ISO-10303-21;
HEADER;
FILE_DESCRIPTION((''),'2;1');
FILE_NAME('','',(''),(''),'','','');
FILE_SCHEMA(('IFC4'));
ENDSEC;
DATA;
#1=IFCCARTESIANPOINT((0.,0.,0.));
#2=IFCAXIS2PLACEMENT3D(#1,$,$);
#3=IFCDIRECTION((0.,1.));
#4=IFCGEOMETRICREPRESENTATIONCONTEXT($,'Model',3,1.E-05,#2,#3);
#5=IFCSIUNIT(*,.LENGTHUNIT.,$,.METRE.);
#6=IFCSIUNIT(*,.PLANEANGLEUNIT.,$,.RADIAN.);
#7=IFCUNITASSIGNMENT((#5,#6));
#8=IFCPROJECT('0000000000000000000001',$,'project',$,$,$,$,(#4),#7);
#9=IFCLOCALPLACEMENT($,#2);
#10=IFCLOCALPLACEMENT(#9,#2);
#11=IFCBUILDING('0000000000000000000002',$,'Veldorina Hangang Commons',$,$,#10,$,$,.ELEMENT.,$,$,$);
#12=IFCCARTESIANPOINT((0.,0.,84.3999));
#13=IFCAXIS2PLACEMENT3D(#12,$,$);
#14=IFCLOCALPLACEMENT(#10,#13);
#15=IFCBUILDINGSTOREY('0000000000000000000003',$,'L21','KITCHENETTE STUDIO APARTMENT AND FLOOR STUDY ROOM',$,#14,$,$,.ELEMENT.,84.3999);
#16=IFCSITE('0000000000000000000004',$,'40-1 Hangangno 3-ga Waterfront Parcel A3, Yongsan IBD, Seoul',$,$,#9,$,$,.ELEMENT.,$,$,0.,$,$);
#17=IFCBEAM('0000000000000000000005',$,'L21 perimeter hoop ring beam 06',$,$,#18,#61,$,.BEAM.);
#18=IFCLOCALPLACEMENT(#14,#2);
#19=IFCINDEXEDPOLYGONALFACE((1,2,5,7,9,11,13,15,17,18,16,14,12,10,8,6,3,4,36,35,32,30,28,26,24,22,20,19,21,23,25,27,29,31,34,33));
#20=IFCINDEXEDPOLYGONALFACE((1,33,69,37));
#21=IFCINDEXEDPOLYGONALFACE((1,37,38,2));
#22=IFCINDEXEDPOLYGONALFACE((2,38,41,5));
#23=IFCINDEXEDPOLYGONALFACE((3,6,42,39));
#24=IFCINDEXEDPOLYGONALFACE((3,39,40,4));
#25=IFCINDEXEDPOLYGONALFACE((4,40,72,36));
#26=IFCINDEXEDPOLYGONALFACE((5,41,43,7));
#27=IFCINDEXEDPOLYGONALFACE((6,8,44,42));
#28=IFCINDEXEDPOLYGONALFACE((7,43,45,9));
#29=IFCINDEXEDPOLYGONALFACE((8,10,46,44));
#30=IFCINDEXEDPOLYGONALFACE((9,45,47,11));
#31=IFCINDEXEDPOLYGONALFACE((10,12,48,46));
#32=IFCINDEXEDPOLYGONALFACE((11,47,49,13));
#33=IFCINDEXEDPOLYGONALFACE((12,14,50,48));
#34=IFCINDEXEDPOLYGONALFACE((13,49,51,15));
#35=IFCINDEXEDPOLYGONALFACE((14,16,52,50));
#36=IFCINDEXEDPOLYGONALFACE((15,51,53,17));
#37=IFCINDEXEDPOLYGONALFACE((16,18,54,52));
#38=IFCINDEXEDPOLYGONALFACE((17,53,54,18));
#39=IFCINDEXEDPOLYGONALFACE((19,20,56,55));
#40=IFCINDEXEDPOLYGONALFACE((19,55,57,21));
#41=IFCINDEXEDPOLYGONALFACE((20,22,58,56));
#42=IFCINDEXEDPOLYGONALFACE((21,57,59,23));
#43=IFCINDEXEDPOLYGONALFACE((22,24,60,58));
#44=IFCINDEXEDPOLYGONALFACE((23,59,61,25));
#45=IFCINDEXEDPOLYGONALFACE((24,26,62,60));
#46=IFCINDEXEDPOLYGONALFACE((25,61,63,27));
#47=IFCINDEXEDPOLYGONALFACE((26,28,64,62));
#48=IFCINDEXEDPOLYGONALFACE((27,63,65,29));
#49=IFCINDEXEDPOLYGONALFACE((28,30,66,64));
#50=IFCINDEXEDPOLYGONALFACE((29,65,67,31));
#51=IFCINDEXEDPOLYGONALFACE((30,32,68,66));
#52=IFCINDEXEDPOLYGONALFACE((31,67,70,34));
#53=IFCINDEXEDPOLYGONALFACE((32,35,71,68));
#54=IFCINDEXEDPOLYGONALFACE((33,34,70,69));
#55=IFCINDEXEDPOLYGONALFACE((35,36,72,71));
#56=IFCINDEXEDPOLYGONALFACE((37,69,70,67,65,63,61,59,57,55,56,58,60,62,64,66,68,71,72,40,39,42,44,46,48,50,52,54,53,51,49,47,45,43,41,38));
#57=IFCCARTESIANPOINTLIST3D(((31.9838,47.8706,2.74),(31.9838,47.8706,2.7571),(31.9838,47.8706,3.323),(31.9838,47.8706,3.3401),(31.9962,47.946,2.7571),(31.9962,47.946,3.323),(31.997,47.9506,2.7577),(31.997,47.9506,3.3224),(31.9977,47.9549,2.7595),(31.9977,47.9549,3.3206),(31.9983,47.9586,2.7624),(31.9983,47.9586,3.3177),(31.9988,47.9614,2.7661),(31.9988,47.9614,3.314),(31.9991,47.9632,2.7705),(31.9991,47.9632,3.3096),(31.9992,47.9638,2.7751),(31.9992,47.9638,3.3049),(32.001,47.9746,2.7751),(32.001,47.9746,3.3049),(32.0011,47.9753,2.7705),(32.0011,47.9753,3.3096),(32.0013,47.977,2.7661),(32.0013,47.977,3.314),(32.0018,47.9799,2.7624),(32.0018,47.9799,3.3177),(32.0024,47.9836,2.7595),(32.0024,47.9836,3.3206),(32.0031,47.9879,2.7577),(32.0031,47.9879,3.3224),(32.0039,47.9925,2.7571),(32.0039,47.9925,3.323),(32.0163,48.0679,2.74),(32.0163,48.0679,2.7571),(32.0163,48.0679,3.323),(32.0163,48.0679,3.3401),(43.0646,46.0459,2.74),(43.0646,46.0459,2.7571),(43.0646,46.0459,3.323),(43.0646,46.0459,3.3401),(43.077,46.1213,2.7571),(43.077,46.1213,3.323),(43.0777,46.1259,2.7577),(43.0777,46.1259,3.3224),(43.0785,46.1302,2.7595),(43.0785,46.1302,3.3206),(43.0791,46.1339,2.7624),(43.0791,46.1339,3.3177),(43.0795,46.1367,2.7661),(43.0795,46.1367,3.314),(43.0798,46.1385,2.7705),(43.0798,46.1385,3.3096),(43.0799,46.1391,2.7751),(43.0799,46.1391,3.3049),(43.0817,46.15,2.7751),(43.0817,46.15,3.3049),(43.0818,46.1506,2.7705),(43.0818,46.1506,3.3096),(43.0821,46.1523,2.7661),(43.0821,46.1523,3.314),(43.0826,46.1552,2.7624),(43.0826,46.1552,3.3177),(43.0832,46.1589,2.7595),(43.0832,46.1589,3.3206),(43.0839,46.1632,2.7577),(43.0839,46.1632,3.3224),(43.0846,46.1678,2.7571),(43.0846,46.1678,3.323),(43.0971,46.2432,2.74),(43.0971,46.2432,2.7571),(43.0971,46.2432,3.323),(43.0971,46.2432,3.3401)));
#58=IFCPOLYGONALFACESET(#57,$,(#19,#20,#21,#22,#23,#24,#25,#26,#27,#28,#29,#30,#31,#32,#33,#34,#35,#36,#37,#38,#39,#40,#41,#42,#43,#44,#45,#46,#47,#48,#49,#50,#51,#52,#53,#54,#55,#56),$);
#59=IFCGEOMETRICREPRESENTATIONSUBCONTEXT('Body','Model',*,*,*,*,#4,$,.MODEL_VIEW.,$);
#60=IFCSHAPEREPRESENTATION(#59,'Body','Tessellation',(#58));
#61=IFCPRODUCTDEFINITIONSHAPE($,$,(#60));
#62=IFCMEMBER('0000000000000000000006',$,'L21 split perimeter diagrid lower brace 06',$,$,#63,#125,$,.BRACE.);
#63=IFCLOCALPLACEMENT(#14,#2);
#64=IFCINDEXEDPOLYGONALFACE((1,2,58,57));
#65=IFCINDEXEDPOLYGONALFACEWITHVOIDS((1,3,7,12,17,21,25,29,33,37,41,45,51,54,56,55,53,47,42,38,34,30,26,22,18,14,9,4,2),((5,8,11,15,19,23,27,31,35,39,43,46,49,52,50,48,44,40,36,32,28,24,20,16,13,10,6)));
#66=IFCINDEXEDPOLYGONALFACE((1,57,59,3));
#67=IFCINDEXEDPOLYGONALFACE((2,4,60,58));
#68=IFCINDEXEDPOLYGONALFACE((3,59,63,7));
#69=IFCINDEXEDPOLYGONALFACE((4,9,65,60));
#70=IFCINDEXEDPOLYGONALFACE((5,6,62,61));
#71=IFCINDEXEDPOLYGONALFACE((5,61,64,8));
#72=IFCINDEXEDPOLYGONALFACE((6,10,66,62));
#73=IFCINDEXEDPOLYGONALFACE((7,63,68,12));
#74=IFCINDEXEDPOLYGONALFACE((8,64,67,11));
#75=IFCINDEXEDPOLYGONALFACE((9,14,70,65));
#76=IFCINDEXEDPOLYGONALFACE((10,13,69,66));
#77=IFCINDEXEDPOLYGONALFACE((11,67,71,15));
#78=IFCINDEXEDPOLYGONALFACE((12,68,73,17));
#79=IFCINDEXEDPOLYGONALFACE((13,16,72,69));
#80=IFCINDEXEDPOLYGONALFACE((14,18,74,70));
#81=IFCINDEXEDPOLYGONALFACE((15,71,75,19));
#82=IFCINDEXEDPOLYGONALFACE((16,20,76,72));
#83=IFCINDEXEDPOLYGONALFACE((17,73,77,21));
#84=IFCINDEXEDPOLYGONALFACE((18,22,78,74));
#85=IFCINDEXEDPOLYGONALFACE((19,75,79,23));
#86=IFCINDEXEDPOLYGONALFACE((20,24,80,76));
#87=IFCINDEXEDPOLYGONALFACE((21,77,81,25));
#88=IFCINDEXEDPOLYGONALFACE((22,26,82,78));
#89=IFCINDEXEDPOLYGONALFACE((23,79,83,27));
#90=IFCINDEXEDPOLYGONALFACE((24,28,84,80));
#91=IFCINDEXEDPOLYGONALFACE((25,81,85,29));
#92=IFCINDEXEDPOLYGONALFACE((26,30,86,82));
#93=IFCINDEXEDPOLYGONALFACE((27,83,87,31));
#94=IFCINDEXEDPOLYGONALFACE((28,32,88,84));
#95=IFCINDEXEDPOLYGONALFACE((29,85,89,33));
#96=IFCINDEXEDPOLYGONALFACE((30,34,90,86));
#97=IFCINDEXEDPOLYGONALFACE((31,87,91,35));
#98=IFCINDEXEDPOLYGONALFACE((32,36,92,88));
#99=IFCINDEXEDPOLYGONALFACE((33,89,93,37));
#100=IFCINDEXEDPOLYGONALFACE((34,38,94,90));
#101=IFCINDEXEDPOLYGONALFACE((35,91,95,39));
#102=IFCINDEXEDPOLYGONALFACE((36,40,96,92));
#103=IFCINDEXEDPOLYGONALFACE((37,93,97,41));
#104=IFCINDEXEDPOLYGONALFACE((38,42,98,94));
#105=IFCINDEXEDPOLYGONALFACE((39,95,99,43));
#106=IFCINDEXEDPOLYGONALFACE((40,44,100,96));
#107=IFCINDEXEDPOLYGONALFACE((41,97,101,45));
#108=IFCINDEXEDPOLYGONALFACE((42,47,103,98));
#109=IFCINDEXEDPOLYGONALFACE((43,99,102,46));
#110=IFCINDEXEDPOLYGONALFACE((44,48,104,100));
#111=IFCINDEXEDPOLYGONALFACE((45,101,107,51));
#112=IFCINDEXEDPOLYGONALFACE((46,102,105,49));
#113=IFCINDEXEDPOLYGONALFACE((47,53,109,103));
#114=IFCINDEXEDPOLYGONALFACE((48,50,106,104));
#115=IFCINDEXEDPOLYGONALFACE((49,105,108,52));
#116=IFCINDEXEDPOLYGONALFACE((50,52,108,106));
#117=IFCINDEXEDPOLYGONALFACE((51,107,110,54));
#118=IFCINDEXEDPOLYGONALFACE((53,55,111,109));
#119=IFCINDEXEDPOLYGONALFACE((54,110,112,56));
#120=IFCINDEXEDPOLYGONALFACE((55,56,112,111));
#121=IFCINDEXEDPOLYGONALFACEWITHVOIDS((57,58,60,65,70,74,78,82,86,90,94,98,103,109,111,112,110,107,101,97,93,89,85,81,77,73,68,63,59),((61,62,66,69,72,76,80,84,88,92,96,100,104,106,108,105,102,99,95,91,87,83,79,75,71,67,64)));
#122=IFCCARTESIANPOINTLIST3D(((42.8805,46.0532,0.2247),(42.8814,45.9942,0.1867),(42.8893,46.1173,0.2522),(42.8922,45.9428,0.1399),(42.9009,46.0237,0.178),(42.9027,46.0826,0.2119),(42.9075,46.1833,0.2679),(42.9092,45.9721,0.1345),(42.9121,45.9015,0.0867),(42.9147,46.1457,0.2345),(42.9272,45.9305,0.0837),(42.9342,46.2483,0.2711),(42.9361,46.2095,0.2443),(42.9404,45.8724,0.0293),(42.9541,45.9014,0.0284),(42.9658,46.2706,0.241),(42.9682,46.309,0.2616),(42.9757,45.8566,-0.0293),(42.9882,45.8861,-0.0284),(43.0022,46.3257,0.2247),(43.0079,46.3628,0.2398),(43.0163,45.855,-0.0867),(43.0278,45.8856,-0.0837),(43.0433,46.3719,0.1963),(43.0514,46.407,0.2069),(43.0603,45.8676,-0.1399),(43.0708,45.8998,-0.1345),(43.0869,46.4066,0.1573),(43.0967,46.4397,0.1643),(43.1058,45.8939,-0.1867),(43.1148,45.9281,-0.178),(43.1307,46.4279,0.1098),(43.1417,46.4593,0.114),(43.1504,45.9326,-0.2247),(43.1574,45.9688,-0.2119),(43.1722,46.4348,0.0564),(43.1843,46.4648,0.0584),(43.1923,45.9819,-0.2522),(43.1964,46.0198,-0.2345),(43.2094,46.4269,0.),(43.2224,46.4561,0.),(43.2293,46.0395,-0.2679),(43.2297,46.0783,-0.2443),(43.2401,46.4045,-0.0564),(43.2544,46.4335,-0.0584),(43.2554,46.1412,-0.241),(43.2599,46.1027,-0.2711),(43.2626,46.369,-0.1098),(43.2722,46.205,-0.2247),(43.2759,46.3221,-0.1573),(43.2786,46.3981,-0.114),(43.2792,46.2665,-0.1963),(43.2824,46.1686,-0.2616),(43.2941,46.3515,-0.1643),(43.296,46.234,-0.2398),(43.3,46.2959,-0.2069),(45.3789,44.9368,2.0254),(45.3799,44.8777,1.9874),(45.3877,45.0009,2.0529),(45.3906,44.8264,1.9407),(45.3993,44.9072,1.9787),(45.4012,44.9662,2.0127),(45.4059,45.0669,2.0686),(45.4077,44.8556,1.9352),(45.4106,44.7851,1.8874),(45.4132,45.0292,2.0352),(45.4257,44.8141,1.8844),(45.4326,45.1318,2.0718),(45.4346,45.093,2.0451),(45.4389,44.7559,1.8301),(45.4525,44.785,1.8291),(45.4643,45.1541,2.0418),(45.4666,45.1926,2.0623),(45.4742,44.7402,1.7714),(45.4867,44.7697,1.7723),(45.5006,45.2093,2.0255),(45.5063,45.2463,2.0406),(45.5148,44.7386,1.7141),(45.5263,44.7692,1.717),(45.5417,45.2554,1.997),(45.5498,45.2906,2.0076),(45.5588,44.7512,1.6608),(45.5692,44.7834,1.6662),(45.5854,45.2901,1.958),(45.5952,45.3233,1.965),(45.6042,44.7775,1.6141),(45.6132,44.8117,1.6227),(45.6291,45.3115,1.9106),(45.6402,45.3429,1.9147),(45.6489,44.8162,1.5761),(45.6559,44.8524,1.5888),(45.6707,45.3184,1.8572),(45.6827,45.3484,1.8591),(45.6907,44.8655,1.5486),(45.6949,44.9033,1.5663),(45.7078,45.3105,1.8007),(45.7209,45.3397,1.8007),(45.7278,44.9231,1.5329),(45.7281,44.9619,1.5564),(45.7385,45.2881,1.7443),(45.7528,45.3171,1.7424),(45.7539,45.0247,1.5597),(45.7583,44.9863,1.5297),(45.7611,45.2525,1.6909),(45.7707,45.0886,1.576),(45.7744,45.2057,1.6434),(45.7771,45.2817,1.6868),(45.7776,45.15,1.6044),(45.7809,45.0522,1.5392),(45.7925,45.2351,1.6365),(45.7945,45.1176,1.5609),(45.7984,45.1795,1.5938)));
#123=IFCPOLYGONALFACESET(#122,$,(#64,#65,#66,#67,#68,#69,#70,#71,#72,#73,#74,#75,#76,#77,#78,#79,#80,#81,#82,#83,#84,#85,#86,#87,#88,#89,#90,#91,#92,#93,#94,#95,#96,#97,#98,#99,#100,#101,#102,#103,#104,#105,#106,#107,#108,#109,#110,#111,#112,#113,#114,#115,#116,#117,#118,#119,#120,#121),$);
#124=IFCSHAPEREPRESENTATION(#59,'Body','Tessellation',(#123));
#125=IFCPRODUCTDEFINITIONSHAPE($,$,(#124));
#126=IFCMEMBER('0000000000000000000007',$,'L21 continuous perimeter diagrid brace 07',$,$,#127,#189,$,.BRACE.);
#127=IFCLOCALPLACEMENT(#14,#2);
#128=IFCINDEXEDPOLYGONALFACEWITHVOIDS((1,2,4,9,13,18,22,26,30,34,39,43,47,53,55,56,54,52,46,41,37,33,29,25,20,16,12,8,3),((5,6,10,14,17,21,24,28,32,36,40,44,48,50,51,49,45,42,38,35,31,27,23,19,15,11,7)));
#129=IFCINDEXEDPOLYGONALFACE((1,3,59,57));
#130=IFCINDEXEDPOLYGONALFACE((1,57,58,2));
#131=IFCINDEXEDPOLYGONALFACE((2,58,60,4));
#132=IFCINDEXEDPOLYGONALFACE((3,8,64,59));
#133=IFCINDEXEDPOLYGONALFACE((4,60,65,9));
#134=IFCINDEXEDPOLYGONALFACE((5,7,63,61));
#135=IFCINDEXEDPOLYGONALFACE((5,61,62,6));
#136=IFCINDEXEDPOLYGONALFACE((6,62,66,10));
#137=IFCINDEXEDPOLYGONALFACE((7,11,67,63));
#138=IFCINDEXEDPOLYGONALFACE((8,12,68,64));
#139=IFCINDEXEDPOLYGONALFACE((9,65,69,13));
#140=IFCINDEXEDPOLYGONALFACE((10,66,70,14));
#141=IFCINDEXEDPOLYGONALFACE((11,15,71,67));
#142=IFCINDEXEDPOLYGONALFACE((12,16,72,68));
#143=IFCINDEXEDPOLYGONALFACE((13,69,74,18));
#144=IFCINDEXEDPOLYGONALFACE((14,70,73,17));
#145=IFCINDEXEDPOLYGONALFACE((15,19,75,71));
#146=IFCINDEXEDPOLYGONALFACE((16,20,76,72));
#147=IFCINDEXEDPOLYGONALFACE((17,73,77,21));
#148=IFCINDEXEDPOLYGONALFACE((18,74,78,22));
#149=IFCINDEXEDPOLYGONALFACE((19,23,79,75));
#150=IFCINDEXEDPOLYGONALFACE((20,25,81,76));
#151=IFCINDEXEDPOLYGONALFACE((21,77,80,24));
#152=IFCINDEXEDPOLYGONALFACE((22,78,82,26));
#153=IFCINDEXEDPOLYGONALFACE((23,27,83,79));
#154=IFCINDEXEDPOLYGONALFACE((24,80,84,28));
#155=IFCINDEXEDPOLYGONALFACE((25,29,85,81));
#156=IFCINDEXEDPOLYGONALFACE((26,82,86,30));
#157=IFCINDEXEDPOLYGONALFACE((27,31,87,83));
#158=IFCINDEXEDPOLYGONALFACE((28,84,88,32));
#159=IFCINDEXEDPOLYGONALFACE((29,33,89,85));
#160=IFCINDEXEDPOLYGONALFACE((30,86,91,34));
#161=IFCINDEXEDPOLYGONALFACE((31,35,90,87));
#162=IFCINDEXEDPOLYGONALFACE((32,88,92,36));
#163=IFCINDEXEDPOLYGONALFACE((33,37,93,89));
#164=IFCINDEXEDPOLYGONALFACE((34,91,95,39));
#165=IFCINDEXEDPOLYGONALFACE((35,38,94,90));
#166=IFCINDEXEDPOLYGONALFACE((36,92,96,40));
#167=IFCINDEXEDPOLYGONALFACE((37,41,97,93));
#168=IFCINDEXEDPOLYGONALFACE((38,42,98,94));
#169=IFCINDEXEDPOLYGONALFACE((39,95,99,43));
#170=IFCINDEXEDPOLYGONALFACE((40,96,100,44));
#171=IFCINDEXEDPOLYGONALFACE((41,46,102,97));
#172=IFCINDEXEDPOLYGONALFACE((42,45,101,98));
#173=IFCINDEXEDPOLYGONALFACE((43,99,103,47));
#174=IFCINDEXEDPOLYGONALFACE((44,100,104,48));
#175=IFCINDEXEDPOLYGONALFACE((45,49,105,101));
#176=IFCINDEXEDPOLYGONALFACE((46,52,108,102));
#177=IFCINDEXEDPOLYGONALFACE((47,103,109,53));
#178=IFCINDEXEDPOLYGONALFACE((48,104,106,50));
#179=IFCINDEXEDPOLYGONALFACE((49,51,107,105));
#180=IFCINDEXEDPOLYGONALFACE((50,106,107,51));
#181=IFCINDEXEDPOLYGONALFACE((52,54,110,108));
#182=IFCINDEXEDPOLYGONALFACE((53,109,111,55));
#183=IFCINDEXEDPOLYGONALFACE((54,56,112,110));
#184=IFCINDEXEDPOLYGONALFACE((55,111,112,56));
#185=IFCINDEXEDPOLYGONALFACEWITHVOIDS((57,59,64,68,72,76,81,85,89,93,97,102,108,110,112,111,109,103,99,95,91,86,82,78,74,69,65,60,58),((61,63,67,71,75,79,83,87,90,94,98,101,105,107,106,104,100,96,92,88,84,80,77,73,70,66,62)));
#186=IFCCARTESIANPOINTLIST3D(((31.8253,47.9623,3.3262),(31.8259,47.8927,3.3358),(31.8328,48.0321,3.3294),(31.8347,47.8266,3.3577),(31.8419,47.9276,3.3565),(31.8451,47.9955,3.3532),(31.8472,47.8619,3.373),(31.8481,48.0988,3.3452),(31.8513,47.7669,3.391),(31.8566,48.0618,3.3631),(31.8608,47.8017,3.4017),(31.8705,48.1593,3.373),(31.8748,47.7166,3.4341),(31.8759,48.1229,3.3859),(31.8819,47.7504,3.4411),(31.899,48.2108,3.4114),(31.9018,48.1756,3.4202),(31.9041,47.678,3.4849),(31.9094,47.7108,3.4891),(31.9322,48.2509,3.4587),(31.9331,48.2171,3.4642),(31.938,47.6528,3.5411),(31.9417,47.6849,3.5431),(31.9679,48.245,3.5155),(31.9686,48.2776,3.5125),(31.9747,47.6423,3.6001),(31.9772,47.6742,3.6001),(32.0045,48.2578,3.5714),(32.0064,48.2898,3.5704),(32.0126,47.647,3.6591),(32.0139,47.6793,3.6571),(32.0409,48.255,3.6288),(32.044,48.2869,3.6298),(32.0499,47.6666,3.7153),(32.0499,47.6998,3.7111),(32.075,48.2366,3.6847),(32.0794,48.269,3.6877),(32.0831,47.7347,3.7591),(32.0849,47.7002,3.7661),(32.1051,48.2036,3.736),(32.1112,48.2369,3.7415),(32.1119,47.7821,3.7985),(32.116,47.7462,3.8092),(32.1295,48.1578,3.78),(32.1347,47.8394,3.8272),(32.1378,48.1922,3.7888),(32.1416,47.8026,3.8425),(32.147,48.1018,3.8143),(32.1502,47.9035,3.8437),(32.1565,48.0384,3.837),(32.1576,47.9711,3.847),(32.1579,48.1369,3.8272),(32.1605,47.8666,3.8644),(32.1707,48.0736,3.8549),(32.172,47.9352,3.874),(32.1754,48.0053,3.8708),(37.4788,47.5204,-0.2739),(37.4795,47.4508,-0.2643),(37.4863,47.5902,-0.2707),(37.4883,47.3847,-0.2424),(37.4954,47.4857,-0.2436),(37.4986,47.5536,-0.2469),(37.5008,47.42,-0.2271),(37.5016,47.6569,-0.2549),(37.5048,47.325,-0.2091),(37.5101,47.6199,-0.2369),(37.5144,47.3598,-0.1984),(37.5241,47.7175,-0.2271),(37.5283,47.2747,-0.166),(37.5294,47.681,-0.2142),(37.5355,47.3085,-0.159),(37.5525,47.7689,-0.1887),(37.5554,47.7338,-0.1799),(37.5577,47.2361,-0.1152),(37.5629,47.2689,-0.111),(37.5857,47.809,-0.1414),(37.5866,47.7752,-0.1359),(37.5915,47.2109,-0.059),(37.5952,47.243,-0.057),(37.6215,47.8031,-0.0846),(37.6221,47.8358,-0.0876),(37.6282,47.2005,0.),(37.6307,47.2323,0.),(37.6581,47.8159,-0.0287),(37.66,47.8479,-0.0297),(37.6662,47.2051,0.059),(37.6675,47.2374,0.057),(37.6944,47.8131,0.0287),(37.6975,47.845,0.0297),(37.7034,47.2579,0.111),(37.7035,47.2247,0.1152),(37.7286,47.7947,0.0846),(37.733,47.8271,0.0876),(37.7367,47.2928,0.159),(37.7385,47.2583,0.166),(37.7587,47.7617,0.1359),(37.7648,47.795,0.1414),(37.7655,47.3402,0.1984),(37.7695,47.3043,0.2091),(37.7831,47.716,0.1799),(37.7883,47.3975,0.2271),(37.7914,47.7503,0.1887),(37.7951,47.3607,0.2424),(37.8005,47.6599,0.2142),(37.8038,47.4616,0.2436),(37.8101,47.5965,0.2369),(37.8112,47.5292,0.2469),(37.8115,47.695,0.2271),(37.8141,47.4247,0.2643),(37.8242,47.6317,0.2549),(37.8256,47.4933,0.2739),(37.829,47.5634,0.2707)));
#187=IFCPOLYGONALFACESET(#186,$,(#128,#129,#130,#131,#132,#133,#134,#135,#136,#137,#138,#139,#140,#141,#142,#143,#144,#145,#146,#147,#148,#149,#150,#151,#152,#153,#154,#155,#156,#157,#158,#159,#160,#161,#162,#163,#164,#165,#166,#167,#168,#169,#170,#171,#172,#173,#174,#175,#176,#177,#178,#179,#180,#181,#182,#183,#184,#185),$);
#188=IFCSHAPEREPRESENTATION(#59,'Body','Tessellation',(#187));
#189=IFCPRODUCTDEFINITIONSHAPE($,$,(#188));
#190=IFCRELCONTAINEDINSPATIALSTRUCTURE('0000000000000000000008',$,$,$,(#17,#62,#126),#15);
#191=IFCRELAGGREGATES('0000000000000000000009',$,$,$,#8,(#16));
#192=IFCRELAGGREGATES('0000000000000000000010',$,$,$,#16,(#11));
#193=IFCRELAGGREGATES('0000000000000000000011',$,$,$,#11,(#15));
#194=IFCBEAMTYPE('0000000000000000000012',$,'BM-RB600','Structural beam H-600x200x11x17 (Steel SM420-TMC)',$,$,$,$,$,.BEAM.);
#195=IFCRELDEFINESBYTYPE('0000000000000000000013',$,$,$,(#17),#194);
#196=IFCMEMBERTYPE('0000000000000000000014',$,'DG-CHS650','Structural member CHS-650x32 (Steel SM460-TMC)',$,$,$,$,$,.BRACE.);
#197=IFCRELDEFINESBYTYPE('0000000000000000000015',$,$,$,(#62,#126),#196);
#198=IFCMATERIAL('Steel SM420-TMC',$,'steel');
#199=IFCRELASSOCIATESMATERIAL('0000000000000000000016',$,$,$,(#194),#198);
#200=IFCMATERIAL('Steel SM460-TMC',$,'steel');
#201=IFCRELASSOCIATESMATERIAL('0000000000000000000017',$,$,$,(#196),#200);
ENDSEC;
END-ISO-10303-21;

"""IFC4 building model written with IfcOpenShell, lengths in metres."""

from ifc_helpers import new_model, si_unit, direction, frame, origin, origin_2d, place, context, subcontext, project, spatial, hollow_circle, i_section, extrude, material, material_profile, profile_set, type_object, element, save


model = new_model("IFC4")

# Units and contexts
model_context = context("Model", 3, precision=1e-05, world=origin(), true_north=direction((0.0, 1.0)))
body_context = subcontext(model_context, "Body", "Model", "MODEL_VIEW")
ifc_project = project(units=[si_unit("LENGTHUNIT", "METRE"), si_unit("PLANEANGLEUNIT", "RADIAN")], contexts=[model_context])

# Site, building, storey
site_placement = place(None, origin())
site = spatial("IfcSite", under=ifc_project, at=site_placement, Name="40-1 Hangangno 3-ga Waterfront Parcel A3, Yongsan IBD, Seoul", CompositionType="ELEMENT", RefElevation=0.0)
building_placement = place(site_placement, origin())
building = spatial("IfcBuilding", under=site, at=building_placement, Name="Veldorina Hangang Commons", CompositionType="ELEMENT")
storey_placement = place(building_placement, frame((0.0, 0.0, 84.3999)))
storey = spatial("IfcBuildingStorey", under=building, at=storey_placement, Name="L21", Description="KITCHENETTE STUDIO APARTMENT AND FLOOR STUDY ROOM", CompositionType="ELEMENT", Elevation=84.3999)

# Beam
ifc_material_1 = material(Name="Steel SM420-TMC", Category="steel")
ifc_material_profile_1 = material_profile(ifc_material_1, i_section(OverallWidth=0.2, OverallDepth=0.6001, WebThickness=0.011, FlangeThickness=0.0171, FilletRadius=0.0181, at=origin_2d()), Name="H-600x200x11x17")
ifc_profile_set_1 = profile_set([ifc_material_profile_1], Name="Steel SM420-TMC")
beam_type = type_object("IfcBeamType", Name="BM-RB600", Description="Structural beam H-600x200x11x17 (Steel SM420-TMC)", PredefinedType="BEAM", material=ifc_profile_set_1)
beam_placement = place(storey_placement, frame((43.0808, 46.1445, 3.04), z_axis=(-0.986711, 0.162484, 0.0), x_axis=(-0.162484, -0.986711, 0.0)))
element("IfcBeam", 1, at=beam_placement, inside=storey, type_object=beam_type, Name="L21 perimeter hoop ring beam 06", PredefinedType="BEAM", context=body_context, shape_type="SweptSolid", body=[
    extrude(i_section(OverallWidth=0.2, OverallDepth=0.6001, WebThickness=0.011, FlangeThickness=0.0171, FilletRadius=0.0181, at=origin_2d()), origin(), (0.0, 0.0, 1.0), 11.23),
])

# Members
ifc_material_2 = material(Name="Steel SM460-TMC", Category="steel")
ifc_material_profile_2 = material_profile(ifc_material_2, hollow_circle(Radius=0.325, WallThickness=0.032, at=origin_2d()), Name="CHS-650x32")
ifc_profile_set_2 = profile_set([ifc_material_profile_2], Name="Steel SM460-TMC")
member_type = type_object("IfcMemberType", Name="DG-CHS650", Description="Structural member CHS-650x32 (Steel SM460-TMC)", PredefinedType="BRACE", material=ifc_profile_set_2)
member_1_placement = place(storey_placement, frame((43.0898, 46.1594, 0.0), z_axis=(0.762686, -0.340802, 0.549694), x_axis=(0.407967, 0.912997, 0.0)))
element("IfcMember", 2, at=member_1_placement, inside=storey, type_object=member_type, Name="L21 split perimeter diagrid lower brace 06", PredefinedType="BRACE", context=body_context, shape_type="SweptSolid", body=[
    extrude(hollow_circle(Radius=0.325, WallThickness=0.032, at=origin_2d()), origin(), (0.0, 0.0, 1.0), 3.2759),
])
member_2_placement = place(storey_placement, frame((37.6536, 47.5244, 0.0), z_axis=(-0.841674, 0.065787, 0.535964), x_axis=(-0.077924, -0.996959, 0.0)))
element("IfcMember", 3, at=member_2_placement, inside=storey, type_object=member_type, Name="L21 continuous perimeter diagrid brace 07", PredefinedType="BRACE", context=body_context, shape_type="SweptSolid", body=[
    extrude(hollow_circle(Radius=0.325, WallThickness=0.032, at=origin_2d()), origin(), (0.0, 0.0, 1.0), 6.717),
])

save(model, "model.ifc")
